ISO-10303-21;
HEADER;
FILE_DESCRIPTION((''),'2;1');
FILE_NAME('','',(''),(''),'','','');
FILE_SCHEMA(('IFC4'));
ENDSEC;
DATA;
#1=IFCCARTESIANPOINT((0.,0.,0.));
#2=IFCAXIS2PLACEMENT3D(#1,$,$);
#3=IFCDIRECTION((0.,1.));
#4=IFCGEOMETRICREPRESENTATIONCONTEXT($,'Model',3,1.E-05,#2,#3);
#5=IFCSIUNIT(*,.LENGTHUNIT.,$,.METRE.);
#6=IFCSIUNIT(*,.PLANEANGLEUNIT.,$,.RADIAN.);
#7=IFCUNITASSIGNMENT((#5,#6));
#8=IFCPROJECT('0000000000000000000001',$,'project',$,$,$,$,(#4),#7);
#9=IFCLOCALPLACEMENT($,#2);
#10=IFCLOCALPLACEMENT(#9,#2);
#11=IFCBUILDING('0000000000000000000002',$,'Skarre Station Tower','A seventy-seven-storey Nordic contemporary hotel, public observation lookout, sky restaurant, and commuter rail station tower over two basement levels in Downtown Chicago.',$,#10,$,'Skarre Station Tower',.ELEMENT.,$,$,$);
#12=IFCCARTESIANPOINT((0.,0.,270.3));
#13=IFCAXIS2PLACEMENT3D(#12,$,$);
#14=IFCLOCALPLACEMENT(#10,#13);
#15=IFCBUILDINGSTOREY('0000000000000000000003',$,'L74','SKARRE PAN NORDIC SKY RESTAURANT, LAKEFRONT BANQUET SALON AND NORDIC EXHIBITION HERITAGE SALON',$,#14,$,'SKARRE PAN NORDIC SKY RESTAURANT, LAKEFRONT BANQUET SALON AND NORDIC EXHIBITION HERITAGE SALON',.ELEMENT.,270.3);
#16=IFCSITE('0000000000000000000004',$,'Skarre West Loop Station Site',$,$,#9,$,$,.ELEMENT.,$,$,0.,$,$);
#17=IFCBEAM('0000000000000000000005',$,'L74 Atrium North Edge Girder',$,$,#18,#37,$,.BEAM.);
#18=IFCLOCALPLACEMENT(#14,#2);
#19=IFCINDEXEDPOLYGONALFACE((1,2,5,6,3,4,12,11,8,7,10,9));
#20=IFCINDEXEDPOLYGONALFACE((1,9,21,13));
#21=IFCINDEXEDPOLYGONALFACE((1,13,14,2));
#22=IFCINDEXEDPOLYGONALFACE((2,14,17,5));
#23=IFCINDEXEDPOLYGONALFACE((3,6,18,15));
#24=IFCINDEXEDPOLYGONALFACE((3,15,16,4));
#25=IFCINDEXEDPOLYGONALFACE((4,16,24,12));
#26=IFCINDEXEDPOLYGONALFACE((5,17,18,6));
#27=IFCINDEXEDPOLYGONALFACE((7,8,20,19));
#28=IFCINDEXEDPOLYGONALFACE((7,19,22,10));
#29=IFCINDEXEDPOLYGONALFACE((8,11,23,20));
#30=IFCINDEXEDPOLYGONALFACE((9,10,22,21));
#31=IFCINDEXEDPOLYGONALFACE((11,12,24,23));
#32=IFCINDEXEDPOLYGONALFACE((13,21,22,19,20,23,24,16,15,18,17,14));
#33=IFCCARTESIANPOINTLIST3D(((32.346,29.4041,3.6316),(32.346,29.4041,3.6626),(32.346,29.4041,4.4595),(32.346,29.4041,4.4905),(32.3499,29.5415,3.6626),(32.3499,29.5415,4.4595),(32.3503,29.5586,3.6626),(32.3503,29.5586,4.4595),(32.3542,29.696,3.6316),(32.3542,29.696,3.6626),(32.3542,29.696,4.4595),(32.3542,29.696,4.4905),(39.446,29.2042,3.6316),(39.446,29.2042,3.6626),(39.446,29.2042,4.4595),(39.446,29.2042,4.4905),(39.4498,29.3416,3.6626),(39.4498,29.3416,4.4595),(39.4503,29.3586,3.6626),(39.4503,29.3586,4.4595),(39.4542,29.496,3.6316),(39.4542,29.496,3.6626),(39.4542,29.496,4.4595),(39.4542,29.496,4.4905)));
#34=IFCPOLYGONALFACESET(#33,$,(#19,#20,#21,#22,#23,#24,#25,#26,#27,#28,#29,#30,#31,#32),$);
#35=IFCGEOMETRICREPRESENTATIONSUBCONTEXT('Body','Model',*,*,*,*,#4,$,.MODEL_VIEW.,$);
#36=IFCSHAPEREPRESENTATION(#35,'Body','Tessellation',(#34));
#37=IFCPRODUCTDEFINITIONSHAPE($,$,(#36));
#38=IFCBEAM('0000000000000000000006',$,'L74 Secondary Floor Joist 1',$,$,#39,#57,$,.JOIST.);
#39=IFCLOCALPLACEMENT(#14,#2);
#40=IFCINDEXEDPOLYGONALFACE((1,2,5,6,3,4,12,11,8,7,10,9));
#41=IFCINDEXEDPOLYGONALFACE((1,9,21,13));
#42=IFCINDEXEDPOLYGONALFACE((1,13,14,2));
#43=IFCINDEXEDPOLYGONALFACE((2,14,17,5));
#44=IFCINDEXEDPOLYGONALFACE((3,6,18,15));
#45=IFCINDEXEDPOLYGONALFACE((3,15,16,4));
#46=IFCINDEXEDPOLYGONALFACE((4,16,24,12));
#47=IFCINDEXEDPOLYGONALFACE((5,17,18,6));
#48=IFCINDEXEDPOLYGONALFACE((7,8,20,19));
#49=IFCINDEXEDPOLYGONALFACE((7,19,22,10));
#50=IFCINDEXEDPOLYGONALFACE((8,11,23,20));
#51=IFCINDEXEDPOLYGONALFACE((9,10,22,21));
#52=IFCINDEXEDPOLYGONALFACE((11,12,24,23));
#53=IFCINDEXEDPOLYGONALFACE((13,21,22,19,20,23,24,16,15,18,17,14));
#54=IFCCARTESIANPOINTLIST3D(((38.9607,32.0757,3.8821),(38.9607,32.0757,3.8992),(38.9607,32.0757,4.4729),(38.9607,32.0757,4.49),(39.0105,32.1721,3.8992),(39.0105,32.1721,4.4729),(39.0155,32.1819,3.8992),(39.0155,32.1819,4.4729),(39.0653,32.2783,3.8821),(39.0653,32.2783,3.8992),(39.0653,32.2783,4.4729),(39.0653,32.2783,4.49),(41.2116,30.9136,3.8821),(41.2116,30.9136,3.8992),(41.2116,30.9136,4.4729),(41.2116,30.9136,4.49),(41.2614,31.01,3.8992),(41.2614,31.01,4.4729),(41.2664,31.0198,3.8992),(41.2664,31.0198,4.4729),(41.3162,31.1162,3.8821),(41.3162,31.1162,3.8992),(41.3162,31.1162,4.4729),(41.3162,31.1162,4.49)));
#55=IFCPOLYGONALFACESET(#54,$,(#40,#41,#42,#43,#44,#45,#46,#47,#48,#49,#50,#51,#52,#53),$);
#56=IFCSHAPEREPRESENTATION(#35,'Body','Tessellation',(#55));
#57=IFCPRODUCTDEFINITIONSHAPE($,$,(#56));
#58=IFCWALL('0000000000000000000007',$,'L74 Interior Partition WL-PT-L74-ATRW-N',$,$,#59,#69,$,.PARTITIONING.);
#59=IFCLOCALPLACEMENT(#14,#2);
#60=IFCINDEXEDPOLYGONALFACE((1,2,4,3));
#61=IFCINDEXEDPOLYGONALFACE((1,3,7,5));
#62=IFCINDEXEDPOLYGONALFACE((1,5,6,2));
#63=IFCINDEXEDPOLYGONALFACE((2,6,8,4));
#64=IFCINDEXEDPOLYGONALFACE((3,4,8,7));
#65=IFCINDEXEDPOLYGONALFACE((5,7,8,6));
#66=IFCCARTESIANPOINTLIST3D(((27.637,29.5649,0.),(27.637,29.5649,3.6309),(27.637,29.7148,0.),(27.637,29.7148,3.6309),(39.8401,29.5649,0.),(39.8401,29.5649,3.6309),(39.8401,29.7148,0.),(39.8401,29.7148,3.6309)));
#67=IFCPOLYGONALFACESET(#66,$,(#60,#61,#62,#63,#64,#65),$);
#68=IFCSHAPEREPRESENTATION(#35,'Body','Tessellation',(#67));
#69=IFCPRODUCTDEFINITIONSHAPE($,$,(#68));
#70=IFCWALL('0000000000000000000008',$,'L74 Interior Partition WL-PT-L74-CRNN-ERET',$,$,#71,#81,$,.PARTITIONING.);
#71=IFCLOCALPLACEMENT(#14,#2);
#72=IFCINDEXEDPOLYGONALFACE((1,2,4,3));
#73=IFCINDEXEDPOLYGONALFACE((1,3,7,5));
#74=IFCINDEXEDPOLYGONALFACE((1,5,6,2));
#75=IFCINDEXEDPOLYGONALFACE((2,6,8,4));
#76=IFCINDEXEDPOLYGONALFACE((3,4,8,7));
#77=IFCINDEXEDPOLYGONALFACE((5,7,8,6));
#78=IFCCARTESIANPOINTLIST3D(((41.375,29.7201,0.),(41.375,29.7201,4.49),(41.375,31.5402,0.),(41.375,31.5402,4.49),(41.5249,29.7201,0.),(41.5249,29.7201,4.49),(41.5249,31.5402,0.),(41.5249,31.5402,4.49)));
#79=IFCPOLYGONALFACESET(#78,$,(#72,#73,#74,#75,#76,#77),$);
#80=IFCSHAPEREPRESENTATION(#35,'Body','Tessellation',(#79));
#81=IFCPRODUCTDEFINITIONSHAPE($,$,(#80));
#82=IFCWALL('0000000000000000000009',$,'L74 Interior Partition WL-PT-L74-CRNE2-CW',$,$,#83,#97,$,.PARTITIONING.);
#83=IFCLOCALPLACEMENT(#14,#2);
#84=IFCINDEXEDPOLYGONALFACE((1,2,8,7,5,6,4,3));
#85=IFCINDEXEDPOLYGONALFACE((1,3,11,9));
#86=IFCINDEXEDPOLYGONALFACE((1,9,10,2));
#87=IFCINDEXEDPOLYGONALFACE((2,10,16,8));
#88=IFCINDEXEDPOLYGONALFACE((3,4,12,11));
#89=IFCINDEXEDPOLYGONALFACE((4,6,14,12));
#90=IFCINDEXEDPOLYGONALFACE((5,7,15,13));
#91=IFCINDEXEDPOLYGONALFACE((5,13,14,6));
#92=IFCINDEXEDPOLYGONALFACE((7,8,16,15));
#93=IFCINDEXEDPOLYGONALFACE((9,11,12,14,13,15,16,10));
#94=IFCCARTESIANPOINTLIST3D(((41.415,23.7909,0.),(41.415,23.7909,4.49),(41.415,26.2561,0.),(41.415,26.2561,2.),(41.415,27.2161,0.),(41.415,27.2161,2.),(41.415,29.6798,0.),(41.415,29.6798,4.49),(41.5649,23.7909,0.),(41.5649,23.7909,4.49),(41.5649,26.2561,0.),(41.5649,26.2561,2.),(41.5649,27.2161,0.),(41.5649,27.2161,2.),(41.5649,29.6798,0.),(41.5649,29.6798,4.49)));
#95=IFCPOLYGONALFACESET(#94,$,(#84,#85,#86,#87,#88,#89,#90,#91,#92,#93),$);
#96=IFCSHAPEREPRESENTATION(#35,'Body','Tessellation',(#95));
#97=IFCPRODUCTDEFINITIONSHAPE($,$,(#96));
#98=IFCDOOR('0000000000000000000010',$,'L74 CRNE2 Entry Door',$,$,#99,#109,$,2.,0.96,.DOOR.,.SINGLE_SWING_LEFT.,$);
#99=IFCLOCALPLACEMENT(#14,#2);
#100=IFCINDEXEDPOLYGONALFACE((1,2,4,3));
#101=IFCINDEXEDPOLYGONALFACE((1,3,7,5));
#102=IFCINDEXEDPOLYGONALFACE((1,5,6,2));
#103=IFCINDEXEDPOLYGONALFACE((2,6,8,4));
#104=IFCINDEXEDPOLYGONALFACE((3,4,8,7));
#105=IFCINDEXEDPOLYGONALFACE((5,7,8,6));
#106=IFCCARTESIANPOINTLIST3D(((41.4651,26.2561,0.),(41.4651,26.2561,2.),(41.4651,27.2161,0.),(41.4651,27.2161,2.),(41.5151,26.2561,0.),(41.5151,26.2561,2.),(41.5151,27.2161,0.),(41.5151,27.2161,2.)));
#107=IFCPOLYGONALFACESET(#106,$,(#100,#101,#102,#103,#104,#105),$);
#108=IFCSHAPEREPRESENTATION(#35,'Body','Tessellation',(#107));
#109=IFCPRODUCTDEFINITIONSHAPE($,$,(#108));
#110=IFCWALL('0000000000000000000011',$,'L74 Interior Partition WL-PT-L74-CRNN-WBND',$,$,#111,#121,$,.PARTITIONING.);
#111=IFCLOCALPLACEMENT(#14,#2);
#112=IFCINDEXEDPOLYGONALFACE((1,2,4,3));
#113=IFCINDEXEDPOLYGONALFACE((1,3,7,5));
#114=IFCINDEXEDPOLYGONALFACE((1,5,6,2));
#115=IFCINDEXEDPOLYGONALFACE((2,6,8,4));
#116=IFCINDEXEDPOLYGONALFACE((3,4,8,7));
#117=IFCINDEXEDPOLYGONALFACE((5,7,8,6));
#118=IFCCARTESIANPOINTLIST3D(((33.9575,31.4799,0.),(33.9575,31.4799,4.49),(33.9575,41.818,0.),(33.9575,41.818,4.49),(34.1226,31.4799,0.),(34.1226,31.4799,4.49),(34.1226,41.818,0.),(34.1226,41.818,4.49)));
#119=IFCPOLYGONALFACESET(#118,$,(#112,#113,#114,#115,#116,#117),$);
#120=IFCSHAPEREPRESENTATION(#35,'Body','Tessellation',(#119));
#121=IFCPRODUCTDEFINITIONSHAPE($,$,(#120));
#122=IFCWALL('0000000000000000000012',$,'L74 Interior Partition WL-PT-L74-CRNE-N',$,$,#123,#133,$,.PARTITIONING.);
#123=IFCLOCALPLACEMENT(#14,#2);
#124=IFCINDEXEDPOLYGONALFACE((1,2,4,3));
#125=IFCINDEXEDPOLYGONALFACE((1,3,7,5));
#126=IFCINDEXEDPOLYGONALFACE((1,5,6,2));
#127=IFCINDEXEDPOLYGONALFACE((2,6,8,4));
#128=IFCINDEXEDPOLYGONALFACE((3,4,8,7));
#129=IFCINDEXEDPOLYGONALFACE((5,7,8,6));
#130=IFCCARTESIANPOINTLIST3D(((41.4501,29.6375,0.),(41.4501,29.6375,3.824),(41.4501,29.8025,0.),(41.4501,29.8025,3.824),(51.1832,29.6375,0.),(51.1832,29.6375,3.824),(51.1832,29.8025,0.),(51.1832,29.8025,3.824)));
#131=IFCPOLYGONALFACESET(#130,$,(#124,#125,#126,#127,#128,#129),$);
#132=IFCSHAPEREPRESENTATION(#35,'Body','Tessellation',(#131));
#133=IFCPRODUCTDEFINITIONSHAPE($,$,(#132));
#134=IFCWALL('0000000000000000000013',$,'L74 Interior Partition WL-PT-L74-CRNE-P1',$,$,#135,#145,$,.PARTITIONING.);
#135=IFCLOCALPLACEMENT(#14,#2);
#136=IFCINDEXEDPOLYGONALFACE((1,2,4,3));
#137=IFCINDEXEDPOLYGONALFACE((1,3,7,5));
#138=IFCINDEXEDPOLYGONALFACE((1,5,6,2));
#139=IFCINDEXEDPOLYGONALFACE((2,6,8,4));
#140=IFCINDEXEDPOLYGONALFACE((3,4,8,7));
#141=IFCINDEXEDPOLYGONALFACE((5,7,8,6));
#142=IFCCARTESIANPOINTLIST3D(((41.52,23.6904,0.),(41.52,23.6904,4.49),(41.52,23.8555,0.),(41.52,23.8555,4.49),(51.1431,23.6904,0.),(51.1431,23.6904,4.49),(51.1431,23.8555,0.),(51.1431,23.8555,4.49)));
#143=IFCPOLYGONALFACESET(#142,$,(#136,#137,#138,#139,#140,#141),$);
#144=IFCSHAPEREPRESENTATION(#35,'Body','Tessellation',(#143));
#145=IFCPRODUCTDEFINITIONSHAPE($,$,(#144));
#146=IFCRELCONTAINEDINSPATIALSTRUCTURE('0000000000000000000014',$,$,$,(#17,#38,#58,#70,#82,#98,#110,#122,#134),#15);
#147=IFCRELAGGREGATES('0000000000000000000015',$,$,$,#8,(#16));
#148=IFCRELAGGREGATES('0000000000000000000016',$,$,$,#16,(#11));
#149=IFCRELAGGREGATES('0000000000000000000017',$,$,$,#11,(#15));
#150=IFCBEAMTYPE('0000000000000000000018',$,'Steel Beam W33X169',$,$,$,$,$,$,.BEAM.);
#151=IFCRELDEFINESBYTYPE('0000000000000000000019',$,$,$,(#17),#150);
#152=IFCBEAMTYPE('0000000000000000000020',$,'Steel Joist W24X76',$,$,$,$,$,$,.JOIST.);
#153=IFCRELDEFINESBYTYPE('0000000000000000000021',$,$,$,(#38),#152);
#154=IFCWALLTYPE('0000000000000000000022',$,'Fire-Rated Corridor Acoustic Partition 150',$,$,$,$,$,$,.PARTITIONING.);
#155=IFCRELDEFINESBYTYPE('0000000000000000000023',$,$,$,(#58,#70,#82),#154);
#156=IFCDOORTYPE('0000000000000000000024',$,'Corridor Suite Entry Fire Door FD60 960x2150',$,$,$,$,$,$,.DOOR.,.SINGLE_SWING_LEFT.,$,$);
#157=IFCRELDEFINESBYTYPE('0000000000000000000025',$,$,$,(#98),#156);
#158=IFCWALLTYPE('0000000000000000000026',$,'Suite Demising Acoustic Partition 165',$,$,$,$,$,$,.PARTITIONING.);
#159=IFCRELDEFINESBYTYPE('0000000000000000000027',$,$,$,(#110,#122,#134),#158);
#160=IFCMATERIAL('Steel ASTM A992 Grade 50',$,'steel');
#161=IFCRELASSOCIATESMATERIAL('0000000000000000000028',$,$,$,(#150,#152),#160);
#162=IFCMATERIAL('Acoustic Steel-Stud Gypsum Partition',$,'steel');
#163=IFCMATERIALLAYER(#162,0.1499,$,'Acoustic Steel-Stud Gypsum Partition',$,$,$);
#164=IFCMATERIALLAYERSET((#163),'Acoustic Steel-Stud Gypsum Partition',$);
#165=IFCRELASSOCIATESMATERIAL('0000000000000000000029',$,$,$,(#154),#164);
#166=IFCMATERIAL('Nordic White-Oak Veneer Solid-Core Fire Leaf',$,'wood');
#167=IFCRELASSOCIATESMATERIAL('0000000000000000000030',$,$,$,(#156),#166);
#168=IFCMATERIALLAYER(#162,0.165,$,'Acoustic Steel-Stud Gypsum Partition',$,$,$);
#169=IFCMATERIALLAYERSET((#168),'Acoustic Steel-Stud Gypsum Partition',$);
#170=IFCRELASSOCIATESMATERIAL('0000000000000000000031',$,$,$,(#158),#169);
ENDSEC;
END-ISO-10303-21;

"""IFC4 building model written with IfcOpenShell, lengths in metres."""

from ifc_helpers import new_model, si_unit, direction, frame, frame_2d, origin, origin_2d, place, context, subcontext, project, spatial, rectangle, i_section, extrude, material, layer, layer_set, material_profile, profile_set, type_object, element, fill, save


model = new_model("IFC4")

# Units and contexts
model_context = context("Model", 3, precision=1e-05, world=origin(), true_north=direction((0.0, 1.0)))
body_context = subcontext(model_context, "Body", "Model", "MODEL_VIEW")
ifc_project = project(units=[si_unit("LENGTHUNIT", "METRE"), si_unit("PLANEANGLEUNIT", "RADIAN")], contexts=[model_context])

# Site, building, storey
site_placement = place(None, origin())
site = spatial("IfcSite", under=ifc_project, at=site_placement, Name="Skarre West Loop Station Site", CompositionType="ELEMENT", RefElevation=0.0)
building_placement = place(site_placement, origin())
building = spatial("IfcBuilding", under=site, at=building_placement, Name="Skarre Station Tower", Description="A seventy-seven-storey Nordic contemporary hotel, public observation lookout, sky restaurant, and commuter rail station tower over two basement levels in Downtown Chicago.", LongName="Skarre Station Tower", CompositionType="ELEMENT")
storey_placement = place(building_placement, frame((0.0, 0.0, 270.3)))
storey = spatial("IfcBuildingStorey", under=building, at=storey_placement, Name="L74", Description="SKARRE PAN NORDIC SKY RESTAURANT, LAKEFRONT BANQUET SALON AND NORDIC EXHIBITION HERITAGE SALON", LongName="SKARRE PAN NORDIC SKY RESTAURANT, LAKEFRONT BANQUET SALON AND NORDIC EXHIBITION HERITAGE SALON", CompositionType="ELEMENT", Elevation=270.3)

# Beams
ifc_material_1 = material(Name="Steel ASTM A992 Grade 50", Category="steel")
ifc_material_profile_1 = material_profile(ifc_material_1, i_section(OverallWidth=0.292, OverallDepth=0.8589, WebThickness=0.0171, FlangeThickness=0.031, at=origin_2d()), Name="Steel ASTM A992 Grade 50")
ifc_profile_set_1 = profile_set([ifc_material_profile_1], Name="Steel ASTM A992 Grade 50")
beam_type_1 = type_object("IfcBeamType", Name="Steel Beam W33X169", PredefinedType="BEAM", material=ifc_profile_set_1)
beam_1_placement = place(storey_placement, frame((32.3501, 29.55, 4.061), z_axis=(0.999604, -0.028152, 0.0), x_axis=(0.028152, 0.999604, 0.0)))
element("IfcBeam", 1, at=beam_1_placement, inside=storey, type_object=beam_type_1, Name="L74 Atrium North Edge Girder", PredefinedType="BEAM", context=body_context, shape_type="SweptSolid", body=[
    extrude(i_section(OverallWidth=0.292, OverallDepth=0.8589, WebThickness=0.0171, FlangeThickness=0.031, at=origin_2d()), origin(), (0.0, 0.0, 1.0), 7.1028),
])
ifc_material_profile_2 = material_profile(ifc_material_1, i_section(OverallWidth=0.228, OverallDepth=0.6079, WebThickness=0.011, FlangeThickness=0.0171, at=origin_2d()), Name="Steel ASTM A992 Grade 50")
ifc_profile_set_2 = profile_set([ifc_material_profile_2], Name="Steel ASTM A992 Grade 50")
beam_type_2 = type_object("IfcBeamType", Name="Steel Joist W24X76", PredefinedType="JOIST", material=ifc_profile_set_2)
beam_2_placement = place(storey_placement, frame((41.2639, 31.0149, 4.186), z_axis=(-0.88857, 0.458741, 0.0), x_axis=(-0.458741, -0.88857, 0.0)))
element("IfcBeam", 2, at=beam_2_placement, inside=storey, type_object=beam_type_2, Name="L74 Secondary Floor Joist 1", PredefinedType="JOIST", context=body_context, shape_type="SweptSolid", body=[
    extrude(i_section(OverallWidth=0.228, OverallDepth=0.6079, WebThickness=0.011, FlangeThickness=0.0171, at=origin_2d()), origin(), (0.0, 0.0, 1.0), 2.5332),
])

# Walls
ifc_material_2 = material(Name="Acoustic Steel-Stud Gypsum Partition", Category="steel")
ifc_layer_1 = layer(ifc_material_2, 0.1499, Name="Acoustic Steel-Stud Gypsum Partition")
ifc_layer_set_1 = layer_set([ifc_layer_1], Name="Acoustic Steel-Stud Gypsum Partition")
wall_type_1 = type_object("IfcWallType", Name="Fire-Rated Corridor Acoustic Partition 150", PredefinedType="PARTITIONING", material=ifc_layer_set_1)
wall_1_placement = place(storey_placement, frame((39.8401, 29.6399, 0.0), z_axis=(0.0, 0.0, 1.0), x_axis=(-1.0, 0.0, 0.0)))
element("IfcWall", 3, at=wall_1_placement, inside=storey, type_object=wall_type_1, Name="L74 Interior Partition WL-PT-L74-ATRW-N", PredefinedType="PARTITIONING", context=body_context, shape_type="SweptSolid", body=[
    extrude(rectangle(XDim=12.2031, YDim=0.1499, at=frame_2d((6.1016, 0.0))), origin(), (0.0, 0.0, 1.0), 3.6309),
])
wall_2_placement = place(storey_placement, frame((41.45, 29.72, 0.0), z_axis=(0.0, 0.0, 1.0), x_axis=(0.0, 1.0, 0.0)))
element("IfcWall", 4, at=wall_2_placement, inside=storey, type_object=wall_type_1, Name="L74 Interior Partition WL-PT-L74-CRNN-ERET", PredefinedType="PARTITIONING", context=body_context, shape_type="SweptSolid", body=[
    extrude(rectangle(XDim=1.8201, YDim=0.1499, at=frame_2d((0.9102, 0.0))), origin(), (0.0, 0.0, 1.0), 4.49),
])

# Wall, opening, door
wall_3_placement = place(storey_placement, frame((41.49, 23.791, 0.0), z_axis=(0.0, 0.0, 1.0), x_axis=(0.0, 1.0, 0.0)))
wall_3 = element("IfcWall", 5, at=wall_3_placement, inside=storey, type_object=wall_type_1, Name="L74 Interior Partition WL-PT-L74-CRNE2-CW", PredefinedType="PARTITIONING", context=body_context, shape_type="SweptSolid", body=[
    extrude(rectangle(XDim=5.8889, YDim=0.1499, at=frame_2d((2.9443, 0.0))), origin(), (0.0, 0.0, 1.0), 4.49),
])
opening_placement = place(wall_3_placement, frame((2.4651, 0.0, 0.0)))
opening = element("IfcOpeningElement", 6, at=opening_placement, cuts=wall_3, PredefinedType="OPENING", context=body_context, shape_type="SweptSolid", body=[
    extrude(rectangle(XDim=0.96, YDim=2.0, at=frame_2d((0.48, 1.0))), frame((0.0, 0.085, 0.0), z_axis=(0.0, -1.0, 0.0), x_axis=(1.0, 0.0, 0.0)), (0.0, 0.0, 1.0), 0.1699),
])
ifc_material_3 = material(Name="Nordic White-Oak Veneer Solid-Core Fire Leaf", Category="wood")
door_type = type_object("IfcDoorType", Name="Corridor Suite Entry Fire Door FD60 960x2150", OperationType="SINGLE_SWING_LEFT", PredefinedType="DOOR", material=ifc_material_3)
door_placement = place(opening_placement, origin())
door = element("IfcDoor", 7, at=door_placement, inside=storey, type_object=door_type, Name="L74 CRNE2 Entry Door", OperationType="SINGLE_SWING_LEFT", OverallHeight=2.0, OverallWidth=0.96, PredefinedType="DOOR", context=body_context, shape_type="SweptSolid", body=[
    extrude(rectangle(XDim=0.96, YDim=2.0, at=frame_2d((0.48, 1.0))), frame((0.0, 0.0249, 0.0), z_axis=(0.0, -1.0, 0.0), x_axis=(1.0, 0.0, 0.0)), (0.0, 0.0, 1.0), 0.05),
])
fill(opening, door)

# Walls
ifc_layer_2 = layer(ifc_material_2, 0.165, Name="Acoustic Steel-Stud Gypsum Partition")
ifc_layer_set_2 = layer_set([ifc_layer_2], Name="Acoustic Steel-Stud Gypsum Partition")
wall_type_2 = type_object("IfcWallType", Name="Suite Demising Acoustic Partition 165", PredefinedType="PARTITIONING", material=ifc_layer_set_2)
wall_4_placement = place(storey_placement, frame((34.04, 31.48, 0.0), z_axis=(0.0, 0.0, 1.0), x_axis=(0.0, 1.0, 0.0)))
element("IfcWall", 8, at=wall_4_placement, inside=storey, type_object=wall_type_2, Name="L74 Interior Partition WL-PT-L74-CRNN-WBND", PredefinedType="PARTITIONING", context=body_context, shape_type="SweptSolid", body=[
    extrude(rectangle(XDim=10.3381, YDim=0.165, at=frame_2d((5.1689, 0.0))), origin(), (0.0, 0.0, 1.0), 4.49),
])
wall_5_placement = place(storey_placement, frame((41.45, 29.72, 0.0), z_axis=(0.0, 0.0, 1.0), x_axis=(1.0, 0.0, 0.0)))
element("IfcWall", 9, at=wall_5_placement, inside=storey, type_object=wall_type_2, Name="L74 Interior Partition WL-PT-L74-CRNE-N", PredefinedType="PARTITIONING", context=body_context, shape_type="SweptSolid", body=[
    extrude(rectangle(XDim=9.7332, YDim=0.165, at=frame_2d((4.8667, 0.0))), origin(), (0.0, 0.0, 1.0), 3.824),
])
wall_6_placement = place(storey_placement, frame((41.52, 23.7729, 0.0), z_axis=(0.0, 0.0, 1.0), x_axis=(1.0, 0.0, 0.0)))
element("IfcWall", 10, at=wall_6_placement, inside=storey, type_object=wall_type_2, Name="L74 Interior Partition WL-PT-L74-CRNE-P1", PredefinedType="PARTITIONING", context=body_context, shape_type="SweptSolid", body=[
    extrude(rectangle(XDim=9.623, YDim=0.165, at=frame_2d((4.8115, 0.0))), origin(), (0.0, 0.0, 1.0), 4.49),
])

save(model, "model.ifc")
